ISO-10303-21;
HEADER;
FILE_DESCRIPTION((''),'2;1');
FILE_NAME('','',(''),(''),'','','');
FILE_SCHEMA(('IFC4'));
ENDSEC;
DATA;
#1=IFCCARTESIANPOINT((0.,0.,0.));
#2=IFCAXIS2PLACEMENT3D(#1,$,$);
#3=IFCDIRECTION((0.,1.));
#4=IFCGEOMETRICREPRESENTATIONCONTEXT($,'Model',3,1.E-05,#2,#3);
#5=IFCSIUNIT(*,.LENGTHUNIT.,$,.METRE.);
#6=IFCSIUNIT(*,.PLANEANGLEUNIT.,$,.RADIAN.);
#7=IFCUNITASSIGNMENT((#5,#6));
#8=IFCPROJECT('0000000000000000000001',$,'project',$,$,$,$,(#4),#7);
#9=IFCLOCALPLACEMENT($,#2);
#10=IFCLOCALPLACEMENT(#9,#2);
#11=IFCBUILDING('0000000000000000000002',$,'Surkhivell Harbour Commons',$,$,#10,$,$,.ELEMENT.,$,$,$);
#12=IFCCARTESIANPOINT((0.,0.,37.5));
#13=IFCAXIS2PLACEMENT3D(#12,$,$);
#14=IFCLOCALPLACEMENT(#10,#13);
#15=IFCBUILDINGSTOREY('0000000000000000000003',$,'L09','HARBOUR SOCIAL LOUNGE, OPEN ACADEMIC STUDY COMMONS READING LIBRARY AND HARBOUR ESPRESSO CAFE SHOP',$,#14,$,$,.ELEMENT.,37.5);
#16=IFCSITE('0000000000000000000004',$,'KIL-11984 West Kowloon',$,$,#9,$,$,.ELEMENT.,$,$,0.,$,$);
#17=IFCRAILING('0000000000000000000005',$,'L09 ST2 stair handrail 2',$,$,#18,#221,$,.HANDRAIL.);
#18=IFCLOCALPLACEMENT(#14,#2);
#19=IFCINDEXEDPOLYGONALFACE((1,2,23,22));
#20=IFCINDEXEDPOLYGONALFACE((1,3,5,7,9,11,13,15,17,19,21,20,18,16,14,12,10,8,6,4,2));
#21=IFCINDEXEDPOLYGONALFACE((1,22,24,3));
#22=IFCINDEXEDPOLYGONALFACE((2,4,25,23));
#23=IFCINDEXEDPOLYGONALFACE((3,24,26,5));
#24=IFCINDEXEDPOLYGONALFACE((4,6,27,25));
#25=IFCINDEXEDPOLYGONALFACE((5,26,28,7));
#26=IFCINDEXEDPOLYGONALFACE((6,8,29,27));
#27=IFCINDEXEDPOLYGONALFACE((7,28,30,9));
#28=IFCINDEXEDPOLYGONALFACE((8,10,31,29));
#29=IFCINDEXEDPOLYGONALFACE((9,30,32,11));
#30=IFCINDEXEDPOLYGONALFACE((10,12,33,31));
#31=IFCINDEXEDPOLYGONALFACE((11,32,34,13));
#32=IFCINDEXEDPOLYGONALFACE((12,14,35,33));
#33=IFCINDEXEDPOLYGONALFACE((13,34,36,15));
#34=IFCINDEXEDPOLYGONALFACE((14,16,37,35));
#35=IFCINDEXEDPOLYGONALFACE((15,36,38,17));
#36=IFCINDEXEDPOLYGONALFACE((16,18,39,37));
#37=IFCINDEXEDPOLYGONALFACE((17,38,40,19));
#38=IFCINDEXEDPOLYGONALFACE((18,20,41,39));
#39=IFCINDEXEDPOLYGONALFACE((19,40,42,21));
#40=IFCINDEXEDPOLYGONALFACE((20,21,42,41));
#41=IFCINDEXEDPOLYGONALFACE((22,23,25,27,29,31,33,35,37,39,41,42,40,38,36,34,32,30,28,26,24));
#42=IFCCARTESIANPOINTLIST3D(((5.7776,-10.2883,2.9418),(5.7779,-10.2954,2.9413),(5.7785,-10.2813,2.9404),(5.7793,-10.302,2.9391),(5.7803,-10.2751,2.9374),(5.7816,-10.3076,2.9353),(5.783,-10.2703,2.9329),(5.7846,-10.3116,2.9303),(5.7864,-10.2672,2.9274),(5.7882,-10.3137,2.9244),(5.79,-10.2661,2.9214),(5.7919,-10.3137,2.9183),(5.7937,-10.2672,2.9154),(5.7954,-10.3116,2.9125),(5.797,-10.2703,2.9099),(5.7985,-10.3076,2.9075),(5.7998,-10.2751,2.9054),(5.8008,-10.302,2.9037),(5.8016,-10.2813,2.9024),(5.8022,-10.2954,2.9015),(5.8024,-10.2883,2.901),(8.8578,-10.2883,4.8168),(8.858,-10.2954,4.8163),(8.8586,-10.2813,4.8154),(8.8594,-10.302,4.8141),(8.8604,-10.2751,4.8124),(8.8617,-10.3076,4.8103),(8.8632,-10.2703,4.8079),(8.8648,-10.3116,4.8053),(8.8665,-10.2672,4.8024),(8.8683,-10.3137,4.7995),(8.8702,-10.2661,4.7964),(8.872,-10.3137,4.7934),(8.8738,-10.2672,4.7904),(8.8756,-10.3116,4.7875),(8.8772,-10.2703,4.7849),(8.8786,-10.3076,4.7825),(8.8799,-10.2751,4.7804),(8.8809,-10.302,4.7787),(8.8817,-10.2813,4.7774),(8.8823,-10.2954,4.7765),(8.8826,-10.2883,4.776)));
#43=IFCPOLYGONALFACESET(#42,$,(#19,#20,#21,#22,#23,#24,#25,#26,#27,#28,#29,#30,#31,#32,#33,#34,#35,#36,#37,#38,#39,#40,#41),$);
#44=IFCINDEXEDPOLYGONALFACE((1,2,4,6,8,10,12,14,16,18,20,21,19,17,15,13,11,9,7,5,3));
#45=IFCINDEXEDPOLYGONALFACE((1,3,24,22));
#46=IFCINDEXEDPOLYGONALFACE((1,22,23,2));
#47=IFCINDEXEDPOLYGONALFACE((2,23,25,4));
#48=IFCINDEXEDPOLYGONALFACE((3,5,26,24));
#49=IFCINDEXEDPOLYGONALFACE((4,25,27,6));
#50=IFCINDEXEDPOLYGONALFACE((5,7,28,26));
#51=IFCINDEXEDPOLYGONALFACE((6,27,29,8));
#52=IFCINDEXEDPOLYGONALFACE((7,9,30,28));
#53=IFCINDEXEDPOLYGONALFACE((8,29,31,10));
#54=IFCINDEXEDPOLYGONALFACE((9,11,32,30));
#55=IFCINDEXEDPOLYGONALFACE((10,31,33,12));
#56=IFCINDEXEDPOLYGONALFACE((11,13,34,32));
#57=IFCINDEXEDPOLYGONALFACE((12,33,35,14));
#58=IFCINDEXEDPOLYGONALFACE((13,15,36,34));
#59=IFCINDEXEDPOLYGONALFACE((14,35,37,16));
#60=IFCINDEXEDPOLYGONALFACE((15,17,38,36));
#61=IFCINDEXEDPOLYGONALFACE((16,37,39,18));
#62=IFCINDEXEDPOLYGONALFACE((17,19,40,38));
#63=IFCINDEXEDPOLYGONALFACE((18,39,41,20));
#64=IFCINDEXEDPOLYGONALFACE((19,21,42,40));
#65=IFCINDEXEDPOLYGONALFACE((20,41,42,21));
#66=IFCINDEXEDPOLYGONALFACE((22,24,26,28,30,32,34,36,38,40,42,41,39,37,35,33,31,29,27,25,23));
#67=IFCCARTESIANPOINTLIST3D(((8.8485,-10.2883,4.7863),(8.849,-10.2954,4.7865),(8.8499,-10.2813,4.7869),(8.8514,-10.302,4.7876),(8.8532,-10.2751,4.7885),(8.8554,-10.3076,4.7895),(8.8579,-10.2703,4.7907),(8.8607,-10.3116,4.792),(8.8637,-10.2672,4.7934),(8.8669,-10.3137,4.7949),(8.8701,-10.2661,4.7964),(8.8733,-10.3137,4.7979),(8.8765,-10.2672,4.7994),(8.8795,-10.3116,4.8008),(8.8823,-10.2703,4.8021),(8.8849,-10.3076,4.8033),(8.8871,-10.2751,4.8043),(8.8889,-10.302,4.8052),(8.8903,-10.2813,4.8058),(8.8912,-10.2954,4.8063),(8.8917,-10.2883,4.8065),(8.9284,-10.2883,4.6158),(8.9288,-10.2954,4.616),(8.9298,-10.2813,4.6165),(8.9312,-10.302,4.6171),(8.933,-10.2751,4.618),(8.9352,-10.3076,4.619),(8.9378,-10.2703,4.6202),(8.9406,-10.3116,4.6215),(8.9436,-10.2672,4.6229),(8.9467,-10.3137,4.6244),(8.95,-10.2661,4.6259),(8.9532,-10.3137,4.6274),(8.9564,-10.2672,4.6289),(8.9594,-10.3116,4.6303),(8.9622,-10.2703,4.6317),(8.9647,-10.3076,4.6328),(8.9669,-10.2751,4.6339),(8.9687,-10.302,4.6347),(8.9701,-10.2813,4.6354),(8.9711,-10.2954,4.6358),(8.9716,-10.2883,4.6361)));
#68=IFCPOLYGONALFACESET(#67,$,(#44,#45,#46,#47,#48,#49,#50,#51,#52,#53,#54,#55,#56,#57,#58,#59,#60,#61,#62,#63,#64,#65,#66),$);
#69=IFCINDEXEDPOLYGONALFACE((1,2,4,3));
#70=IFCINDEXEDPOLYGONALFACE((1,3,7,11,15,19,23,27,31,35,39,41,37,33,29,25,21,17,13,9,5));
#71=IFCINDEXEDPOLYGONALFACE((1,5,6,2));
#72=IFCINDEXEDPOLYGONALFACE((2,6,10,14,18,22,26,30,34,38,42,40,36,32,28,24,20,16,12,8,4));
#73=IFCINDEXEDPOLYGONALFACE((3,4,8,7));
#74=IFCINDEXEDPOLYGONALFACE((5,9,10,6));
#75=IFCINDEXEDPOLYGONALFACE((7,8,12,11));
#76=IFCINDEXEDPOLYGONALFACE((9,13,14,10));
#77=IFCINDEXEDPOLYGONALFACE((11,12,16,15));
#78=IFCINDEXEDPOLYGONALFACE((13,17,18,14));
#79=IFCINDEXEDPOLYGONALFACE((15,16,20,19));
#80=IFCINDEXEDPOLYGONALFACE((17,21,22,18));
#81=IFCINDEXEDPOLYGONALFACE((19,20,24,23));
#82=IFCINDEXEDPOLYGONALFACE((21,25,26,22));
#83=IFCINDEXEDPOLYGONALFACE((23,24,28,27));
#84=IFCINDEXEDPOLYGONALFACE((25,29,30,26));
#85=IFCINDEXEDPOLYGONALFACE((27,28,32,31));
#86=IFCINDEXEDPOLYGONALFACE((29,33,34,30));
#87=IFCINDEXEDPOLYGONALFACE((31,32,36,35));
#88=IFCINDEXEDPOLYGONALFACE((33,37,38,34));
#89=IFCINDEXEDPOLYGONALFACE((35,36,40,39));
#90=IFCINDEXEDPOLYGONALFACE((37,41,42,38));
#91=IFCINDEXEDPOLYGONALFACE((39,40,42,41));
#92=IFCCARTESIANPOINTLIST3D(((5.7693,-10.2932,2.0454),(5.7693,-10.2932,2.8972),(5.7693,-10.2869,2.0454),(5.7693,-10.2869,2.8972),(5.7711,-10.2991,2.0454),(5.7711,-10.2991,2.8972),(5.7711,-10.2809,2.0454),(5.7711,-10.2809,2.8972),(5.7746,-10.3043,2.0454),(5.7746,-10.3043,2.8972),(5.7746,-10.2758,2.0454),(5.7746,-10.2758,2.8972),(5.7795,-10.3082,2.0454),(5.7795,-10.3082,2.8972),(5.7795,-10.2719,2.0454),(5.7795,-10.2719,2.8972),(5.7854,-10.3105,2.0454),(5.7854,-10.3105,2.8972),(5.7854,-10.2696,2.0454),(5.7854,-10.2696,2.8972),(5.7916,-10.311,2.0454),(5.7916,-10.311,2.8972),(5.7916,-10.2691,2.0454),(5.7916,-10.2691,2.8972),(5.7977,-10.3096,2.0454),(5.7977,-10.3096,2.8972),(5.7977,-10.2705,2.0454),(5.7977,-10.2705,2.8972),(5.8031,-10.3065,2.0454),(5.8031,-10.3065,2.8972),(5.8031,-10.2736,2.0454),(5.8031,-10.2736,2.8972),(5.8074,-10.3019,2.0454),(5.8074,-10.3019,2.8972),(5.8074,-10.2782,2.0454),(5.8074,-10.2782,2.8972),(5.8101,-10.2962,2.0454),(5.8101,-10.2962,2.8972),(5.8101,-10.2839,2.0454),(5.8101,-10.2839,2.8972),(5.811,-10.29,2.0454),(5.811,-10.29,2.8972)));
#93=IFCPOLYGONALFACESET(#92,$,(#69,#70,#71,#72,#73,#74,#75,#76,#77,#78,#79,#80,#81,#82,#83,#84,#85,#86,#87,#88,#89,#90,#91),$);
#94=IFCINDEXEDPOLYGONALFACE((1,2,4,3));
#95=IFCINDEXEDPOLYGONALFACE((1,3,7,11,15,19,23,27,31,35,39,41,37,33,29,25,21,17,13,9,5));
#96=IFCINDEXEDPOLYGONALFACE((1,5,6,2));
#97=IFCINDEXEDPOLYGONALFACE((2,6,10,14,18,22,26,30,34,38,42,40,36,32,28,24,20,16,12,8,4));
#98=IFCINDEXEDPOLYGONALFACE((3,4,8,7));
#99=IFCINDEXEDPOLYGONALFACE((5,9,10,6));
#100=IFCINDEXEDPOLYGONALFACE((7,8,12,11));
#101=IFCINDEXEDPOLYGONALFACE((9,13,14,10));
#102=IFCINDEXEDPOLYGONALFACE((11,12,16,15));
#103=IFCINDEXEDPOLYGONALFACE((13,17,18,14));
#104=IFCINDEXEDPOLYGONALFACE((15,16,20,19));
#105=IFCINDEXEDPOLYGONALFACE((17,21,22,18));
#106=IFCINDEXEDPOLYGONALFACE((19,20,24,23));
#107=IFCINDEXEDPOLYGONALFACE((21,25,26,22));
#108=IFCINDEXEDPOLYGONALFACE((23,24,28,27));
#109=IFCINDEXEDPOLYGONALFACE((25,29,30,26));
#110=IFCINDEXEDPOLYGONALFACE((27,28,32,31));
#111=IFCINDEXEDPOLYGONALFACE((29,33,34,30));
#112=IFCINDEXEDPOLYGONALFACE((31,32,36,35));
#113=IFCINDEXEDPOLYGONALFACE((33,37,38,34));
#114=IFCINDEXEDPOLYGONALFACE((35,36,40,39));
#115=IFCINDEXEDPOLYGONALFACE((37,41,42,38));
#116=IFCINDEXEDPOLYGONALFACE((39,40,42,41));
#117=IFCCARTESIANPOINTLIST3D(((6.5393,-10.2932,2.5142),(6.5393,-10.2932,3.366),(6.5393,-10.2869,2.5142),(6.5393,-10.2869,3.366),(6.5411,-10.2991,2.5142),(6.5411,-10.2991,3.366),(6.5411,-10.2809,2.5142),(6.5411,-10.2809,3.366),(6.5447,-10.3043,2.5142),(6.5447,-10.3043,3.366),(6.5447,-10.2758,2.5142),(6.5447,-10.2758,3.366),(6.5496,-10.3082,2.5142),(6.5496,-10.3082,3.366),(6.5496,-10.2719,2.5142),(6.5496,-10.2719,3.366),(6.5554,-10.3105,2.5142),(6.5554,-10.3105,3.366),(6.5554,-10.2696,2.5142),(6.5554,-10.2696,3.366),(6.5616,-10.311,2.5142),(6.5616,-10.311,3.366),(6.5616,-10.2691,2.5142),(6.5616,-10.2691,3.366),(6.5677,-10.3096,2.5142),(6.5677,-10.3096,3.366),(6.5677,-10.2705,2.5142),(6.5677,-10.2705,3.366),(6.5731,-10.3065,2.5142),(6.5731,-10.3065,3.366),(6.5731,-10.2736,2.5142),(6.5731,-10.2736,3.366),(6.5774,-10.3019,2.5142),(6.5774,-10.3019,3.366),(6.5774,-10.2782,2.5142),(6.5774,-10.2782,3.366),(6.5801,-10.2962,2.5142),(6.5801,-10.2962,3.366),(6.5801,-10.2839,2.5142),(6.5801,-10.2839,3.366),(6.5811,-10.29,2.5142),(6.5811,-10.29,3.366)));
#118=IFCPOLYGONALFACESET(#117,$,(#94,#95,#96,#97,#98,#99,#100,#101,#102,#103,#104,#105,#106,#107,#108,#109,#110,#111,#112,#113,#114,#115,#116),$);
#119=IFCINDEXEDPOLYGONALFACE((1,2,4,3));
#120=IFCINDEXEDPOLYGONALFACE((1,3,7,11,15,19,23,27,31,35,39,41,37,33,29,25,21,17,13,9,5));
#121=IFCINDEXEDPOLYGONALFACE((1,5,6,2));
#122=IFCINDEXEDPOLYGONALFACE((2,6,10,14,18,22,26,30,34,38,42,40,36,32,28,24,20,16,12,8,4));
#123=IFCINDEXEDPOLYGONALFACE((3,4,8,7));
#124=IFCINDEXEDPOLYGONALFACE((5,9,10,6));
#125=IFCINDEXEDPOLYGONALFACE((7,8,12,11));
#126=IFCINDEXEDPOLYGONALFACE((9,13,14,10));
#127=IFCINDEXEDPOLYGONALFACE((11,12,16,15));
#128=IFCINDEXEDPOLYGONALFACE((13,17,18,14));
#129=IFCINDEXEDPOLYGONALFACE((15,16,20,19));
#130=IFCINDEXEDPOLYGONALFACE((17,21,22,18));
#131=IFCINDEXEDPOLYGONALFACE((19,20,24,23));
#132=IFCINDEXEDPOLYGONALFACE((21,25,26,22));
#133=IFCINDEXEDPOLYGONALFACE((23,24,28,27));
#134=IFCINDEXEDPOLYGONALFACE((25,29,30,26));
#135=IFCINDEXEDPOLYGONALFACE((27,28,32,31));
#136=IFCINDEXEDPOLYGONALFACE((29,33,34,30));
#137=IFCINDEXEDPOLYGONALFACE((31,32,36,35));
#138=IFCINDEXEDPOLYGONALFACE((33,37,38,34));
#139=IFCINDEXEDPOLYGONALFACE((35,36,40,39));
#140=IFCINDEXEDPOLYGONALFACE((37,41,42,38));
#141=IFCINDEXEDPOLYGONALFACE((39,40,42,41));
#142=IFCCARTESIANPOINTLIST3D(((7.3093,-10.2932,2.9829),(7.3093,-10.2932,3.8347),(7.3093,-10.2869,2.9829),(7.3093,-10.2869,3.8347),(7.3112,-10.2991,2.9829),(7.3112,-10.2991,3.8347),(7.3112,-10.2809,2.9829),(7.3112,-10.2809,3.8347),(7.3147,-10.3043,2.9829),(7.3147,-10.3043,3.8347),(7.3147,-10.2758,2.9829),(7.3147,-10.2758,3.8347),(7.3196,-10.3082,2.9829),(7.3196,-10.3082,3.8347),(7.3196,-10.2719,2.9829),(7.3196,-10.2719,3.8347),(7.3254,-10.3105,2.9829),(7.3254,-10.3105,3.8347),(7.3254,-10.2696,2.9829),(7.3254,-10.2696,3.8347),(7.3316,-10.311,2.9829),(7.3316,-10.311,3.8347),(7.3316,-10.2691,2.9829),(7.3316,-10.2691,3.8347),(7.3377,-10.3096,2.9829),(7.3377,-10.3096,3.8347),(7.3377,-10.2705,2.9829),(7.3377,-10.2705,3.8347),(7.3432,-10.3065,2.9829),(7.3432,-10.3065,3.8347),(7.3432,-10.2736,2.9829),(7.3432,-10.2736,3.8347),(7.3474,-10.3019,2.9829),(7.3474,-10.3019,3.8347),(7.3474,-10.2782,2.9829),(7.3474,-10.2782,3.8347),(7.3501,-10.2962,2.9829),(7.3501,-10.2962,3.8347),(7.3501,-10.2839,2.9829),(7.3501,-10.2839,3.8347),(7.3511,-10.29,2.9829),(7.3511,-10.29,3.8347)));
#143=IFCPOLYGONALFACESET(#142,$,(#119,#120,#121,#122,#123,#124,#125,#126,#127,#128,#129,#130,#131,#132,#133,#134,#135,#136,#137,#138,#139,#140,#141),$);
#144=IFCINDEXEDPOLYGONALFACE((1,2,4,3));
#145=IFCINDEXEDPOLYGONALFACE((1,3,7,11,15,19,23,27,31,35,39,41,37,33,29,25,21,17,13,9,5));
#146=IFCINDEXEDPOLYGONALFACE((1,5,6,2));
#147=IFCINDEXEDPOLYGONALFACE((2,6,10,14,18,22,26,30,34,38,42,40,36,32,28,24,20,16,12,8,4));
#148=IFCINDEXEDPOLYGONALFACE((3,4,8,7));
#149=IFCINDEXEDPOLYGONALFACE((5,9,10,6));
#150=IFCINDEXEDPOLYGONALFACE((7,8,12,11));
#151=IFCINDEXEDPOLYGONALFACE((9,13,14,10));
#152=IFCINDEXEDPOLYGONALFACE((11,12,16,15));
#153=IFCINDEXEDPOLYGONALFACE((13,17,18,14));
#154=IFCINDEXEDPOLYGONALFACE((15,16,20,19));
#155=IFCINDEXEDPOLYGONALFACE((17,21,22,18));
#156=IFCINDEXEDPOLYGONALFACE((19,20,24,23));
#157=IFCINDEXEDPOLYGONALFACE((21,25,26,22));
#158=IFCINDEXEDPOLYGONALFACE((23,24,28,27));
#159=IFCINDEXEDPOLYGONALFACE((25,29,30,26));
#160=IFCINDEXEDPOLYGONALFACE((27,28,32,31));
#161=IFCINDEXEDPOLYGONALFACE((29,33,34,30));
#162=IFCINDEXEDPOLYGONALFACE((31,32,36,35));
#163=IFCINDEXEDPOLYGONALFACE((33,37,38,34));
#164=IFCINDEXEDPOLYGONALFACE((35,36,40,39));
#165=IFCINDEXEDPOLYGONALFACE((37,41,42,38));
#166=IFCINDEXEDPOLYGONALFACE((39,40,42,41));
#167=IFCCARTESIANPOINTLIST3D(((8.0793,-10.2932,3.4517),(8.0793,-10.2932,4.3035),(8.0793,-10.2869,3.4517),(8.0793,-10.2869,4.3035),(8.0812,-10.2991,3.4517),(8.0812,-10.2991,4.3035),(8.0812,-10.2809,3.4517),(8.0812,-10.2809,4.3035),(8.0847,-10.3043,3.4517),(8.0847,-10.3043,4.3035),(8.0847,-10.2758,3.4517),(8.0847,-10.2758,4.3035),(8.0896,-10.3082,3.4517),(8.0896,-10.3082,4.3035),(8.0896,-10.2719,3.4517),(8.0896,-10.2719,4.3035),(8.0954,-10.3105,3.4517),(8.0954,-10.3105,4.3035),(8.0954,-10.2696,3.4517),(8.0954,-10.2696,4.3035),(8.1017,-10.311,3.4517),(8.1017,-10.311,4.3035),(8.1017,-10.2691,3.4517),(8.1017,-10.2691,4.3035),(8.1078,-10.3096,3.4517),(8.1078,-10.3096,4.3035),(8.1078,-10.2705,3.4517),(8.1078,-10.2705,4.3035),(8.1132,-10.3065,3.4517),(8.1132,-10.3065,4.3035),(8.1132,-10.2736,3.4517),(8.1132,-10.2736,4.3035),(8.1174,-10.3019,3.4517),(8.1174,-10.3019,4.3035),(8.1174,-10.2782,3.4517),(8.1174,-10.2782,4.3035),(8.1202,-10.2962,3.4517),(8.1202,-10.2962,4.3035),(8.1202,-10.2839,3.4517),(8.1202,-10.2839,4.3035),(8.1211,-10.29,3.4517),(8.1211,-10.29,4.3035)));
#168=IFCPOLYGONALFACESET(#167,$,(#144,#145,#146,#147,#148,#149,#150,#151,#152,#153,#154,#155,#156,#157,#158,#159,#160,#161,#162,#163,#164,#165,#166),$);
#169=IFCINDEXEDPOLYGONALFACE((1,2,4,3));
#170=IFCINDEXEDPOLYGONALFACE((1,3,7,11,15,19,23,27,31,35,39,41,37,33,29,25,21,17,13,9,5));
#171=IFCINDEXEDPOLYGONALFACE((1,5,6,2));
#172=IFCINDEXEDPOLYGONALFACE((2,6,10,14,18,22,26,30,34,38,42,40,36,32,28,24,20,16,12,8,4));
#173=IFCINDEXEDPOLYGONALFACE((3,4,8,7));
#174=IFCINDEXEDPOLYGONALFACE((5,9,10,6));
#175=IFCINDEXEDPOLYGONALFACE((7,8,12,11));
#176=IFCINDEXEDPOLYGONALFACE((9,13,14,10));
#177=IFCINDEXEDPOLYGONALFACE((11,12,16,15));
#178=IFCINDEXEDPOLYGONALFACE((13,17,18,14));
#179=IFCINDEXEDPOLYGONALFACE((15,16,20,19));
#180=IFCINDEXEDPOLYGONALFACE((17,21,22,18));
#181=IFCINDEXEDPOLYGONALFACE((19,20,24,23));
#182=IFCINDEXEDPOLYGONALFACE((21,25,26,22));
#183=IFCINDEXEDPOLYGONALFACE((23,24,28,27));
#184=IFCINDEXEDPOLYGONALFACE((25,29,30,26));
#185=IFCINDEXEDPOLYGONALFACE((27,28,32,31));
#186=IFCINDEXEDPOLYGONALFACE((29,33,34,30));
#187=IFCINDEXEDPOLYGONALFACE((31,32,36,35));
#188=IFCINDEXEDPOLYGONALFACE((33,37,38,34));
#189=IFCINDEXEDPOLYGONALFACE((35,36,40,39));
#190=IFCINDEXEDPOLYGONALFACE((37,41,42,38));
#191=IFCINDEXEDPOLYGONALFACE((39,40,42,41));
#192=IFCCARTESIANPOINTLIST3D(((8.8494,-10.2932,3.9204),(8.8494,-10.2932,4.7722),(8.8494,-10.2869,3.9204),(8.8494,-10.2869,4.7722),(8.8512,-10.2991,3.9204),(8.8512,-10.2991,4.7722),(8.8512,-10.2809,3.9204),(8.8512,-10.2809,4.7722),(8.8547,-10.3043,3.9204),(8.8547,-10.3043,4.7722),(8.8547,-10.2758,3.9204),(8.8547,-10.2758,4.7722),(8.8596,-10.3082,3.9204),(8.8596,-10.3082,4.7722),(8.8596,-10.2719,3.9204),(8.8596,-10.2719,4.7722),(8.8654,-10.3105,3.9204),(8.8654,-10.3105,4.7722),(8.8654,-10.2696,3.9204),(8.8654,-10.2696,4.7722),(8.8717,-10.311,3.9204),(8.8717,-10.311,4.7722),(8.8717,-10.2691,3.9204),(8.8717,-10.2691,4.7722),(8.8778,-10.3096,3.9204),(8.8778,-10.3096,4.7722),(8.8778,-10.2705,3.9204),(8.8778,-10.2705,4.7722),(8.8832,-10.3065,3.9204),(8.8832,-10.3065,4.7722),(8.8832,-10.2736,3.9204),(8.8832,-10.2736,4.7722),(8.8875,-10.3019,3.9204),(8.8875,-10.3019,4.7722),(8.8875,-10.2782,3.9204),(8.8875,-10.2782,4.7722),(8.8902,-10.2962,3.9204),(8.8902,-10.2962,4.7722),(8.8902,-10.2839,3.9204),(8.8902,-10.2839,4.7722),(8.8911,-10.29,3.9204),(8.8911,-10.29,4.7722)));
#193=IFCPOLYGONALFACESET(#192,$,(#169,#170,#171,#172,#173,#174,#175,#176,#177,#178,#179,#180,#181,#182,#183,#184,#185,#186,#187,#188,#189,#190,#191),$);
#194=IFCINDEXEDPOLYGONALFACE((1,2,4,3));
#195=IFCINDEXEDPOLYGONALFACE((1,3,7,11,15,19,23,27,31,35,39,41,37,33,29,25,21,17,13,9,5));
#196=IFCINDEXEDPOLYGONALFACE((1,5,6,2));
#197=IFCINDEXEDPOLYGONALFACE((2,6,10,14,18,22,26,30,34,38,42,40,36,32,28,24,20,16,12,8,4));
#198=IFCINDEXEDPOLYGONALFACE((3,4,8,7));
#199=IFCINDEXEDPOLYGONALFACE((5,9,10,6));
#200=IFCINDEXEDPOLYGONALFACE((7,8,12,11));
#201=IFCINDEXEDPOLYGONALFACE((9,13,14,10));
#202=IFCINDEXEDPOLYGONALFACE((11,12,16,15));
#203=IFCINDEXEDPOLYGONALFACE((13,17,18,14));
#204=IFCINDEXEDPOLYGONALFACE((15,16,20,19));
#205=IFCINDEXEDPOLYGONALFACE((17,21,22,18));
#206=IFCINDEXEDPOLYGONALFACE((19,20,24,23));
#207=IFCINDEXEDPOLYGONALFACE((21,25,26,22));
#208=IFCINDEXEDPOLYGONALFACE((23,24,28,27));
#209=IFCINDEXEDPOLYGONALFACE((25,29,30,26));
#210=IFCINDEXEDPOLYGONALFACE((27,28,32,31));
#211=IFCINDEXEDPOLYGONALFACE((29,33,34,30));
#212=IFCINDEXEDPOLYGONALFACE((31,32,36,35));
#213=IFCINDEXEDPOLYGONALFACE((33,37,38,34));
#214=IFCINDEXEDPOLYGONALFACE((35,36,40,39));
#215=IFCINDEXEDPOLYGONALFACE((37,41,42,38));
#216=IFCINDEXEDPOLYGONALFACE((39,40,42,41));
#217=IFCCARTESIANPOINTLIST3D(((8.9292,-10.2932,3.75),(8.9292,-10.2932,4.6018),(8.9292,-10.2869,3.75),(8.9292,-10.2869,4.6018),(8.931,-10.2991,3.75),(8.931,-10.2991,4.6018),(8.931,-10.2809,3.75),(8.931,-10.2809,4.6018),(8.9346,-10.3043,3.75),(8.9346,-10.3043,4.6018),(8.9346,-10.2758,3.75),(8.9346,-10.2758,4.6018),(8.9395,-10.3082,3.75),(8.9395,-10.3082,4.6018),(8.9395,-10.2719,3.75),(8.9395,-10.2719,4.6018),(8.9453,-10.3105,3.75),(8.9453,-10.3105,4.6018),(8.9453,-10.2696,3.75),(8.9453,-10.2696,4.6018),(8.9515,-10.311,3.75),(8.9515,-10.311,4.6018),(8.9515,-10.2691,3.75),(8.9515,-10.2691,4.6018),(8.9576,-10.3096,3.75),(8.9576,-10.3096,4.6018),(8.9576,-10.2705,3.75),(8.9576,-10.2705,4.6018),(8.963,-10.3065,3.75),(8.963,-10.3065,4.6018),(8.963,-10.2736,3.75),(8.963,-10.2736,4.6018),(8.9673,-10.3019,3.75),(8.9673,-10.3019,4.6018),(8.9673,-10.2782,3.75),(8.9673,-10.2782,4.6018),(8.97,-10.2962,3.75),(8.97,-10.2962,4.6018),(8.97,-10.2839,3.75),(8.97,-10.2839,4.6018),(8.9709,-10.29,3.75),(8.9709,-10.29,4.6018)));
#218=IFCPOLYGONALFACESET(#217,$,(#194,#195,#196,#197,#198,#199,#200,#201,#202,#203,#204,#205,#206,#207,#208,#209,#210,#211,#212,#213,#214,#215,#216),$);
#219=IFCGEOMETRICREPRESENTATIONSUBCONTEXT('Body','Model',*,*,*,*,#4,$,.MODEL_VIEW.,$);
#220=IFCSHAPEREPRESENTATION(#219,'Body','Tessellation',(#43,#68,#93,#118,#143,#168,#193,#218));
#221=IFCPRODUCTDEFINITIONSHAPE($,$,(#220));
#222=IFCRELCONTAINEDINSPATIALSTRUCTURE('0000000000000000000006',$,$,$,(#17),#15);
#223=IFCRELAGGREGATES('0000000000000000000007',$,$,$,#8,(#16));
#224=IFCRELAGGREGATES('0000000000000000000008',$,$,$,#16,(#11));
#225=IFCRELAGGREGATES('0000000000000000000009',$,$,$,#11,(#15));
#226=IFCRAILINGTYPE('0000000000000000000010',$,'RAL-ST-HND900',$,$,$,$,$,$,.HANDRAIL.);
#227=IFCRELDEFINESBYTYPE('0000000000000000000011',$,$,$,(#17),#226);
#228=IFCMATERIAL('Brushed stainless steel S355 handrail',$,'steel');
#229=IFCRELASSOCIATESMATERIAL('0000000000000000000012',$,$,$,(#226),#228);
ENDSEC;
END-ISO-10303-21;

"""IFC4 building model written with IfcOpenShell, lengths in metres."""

from ifc_helpers import new_model, si_unit, direction, frame, origin, origin_2d, place, context, subcontext, project, spatial, circle, extrude, material, type_object, element, save


model = new_model("IFC4")

# Units and contexts
model_context = context("Model", 3, precision=1e-05, world=origin(), true_north=direction((0.0, 1.0)))
body_context = subcontext(model_context, "Body", "Model", "MODEL_VIEW")
ifc_project = project(units=[si_unit("LENGTHUNIT", "METRE"), si_unit("PLANEANGLEUNIT", "RADIAN")], contexts=[model_context])

# Site, building, storey
site_placement = place(None, origin())
site = spatial("IfcSite", under=ifc_project, at=site_placement, Name="KIL-11984 West Kowloon", CompositionType="ELEMENT", RefElevation=0.0)
building_placement = place(site_placement, origin())
building = spatial("IfcBuilding", under=site, at=building_placement, Name="Surkhivell Harbour Commons", CompositionType="ELEMENT")
storey_placement = place(building_placement, frame((0.0, 0.0, 37.5)))
storey = spatial("IfcBuildingStorey", under=building, at=storey_placement, Name="L09", Description="HARBOUR SOCIAL LOUNGE, OPEN ACADEMIC STUDY COMMONS READING LIBRARY AND HARBOUR ESPRESSO CAFE SHOP", CompositionType="ELEMENT", Elevation=37.5)

# Railing
ifc_material_1 = material(Name="Brushed stainless steel S355 handrail", Category="steel")
railing_type_1 = type_object("IfcRailingType", Name="RAL-ST-HND900", PredefinedType="HANDRAIL", material=ifc_material_1)
railing_1_placement = place(storey_placement, frame((5.79, -10.29, 2.0454)))
element("IfcRailing", 1, at=railing_1_placement, inside=storey, type_object=railing_type_1, Name="L09 ST2 stair handrail 2", PredefinedType="HANDRAIL", context=body_context, shape_type="SweptSolid", body=[
    extrude(circle(Radius=0.0239, at=origin_2d()), frame((0.0, 0.0, 0.876), z_axis=(0.854178, 0.0, 0.519981), x_axis=(0.0, 1.0, 0.0)), (0.0, 0.0, 1.0), 3.606),
    extrude(circle(Radius=0.0239, at=origin_2d()), frame((3.0801, 0.0, 2.751), z_axis=(0.424234, 0.0, -0.905552), x_axis=(0.0, 1.0, 0.0)), (0.0, 0.0, 1.0), 0.1882),
    extrude(circle(Radius=0.021, at=origin_2d()), origin(), (0.0, 0.0, 1.0), 0.8518),
    extrude(circle(Radius=0.021, at=origin_2d()), frame((0.77, 0.0, 0.4688)), (0.0, 0.0, 1.0), 0.8518),
    extrude(circle(Radius=0.021, at=origin_2d()), frame((1.54, 0.0, 0.9375)), (0.0, 0.0, 1.0), 0.8518),
    extrude(circle(Radius=0.021, at=origin_2d()), frame((2.3101, 0.0, 1.4062)), (0.0, 0.0, 1.0), 0.8518),
    extrude(circle(Radius=0.021, at=origin_2d()), frame((3.0801, 0.0, 1.875)), (0.0, 0.0, 1.0), 0.8518),
    extrude(circle(Radius=0.021, at=origin_2d()), frame((3.1599, 0.0, 1.7046)), (0.0, 0.0, 1.0), 0.8518),
])

save(model, "model.ifc")
